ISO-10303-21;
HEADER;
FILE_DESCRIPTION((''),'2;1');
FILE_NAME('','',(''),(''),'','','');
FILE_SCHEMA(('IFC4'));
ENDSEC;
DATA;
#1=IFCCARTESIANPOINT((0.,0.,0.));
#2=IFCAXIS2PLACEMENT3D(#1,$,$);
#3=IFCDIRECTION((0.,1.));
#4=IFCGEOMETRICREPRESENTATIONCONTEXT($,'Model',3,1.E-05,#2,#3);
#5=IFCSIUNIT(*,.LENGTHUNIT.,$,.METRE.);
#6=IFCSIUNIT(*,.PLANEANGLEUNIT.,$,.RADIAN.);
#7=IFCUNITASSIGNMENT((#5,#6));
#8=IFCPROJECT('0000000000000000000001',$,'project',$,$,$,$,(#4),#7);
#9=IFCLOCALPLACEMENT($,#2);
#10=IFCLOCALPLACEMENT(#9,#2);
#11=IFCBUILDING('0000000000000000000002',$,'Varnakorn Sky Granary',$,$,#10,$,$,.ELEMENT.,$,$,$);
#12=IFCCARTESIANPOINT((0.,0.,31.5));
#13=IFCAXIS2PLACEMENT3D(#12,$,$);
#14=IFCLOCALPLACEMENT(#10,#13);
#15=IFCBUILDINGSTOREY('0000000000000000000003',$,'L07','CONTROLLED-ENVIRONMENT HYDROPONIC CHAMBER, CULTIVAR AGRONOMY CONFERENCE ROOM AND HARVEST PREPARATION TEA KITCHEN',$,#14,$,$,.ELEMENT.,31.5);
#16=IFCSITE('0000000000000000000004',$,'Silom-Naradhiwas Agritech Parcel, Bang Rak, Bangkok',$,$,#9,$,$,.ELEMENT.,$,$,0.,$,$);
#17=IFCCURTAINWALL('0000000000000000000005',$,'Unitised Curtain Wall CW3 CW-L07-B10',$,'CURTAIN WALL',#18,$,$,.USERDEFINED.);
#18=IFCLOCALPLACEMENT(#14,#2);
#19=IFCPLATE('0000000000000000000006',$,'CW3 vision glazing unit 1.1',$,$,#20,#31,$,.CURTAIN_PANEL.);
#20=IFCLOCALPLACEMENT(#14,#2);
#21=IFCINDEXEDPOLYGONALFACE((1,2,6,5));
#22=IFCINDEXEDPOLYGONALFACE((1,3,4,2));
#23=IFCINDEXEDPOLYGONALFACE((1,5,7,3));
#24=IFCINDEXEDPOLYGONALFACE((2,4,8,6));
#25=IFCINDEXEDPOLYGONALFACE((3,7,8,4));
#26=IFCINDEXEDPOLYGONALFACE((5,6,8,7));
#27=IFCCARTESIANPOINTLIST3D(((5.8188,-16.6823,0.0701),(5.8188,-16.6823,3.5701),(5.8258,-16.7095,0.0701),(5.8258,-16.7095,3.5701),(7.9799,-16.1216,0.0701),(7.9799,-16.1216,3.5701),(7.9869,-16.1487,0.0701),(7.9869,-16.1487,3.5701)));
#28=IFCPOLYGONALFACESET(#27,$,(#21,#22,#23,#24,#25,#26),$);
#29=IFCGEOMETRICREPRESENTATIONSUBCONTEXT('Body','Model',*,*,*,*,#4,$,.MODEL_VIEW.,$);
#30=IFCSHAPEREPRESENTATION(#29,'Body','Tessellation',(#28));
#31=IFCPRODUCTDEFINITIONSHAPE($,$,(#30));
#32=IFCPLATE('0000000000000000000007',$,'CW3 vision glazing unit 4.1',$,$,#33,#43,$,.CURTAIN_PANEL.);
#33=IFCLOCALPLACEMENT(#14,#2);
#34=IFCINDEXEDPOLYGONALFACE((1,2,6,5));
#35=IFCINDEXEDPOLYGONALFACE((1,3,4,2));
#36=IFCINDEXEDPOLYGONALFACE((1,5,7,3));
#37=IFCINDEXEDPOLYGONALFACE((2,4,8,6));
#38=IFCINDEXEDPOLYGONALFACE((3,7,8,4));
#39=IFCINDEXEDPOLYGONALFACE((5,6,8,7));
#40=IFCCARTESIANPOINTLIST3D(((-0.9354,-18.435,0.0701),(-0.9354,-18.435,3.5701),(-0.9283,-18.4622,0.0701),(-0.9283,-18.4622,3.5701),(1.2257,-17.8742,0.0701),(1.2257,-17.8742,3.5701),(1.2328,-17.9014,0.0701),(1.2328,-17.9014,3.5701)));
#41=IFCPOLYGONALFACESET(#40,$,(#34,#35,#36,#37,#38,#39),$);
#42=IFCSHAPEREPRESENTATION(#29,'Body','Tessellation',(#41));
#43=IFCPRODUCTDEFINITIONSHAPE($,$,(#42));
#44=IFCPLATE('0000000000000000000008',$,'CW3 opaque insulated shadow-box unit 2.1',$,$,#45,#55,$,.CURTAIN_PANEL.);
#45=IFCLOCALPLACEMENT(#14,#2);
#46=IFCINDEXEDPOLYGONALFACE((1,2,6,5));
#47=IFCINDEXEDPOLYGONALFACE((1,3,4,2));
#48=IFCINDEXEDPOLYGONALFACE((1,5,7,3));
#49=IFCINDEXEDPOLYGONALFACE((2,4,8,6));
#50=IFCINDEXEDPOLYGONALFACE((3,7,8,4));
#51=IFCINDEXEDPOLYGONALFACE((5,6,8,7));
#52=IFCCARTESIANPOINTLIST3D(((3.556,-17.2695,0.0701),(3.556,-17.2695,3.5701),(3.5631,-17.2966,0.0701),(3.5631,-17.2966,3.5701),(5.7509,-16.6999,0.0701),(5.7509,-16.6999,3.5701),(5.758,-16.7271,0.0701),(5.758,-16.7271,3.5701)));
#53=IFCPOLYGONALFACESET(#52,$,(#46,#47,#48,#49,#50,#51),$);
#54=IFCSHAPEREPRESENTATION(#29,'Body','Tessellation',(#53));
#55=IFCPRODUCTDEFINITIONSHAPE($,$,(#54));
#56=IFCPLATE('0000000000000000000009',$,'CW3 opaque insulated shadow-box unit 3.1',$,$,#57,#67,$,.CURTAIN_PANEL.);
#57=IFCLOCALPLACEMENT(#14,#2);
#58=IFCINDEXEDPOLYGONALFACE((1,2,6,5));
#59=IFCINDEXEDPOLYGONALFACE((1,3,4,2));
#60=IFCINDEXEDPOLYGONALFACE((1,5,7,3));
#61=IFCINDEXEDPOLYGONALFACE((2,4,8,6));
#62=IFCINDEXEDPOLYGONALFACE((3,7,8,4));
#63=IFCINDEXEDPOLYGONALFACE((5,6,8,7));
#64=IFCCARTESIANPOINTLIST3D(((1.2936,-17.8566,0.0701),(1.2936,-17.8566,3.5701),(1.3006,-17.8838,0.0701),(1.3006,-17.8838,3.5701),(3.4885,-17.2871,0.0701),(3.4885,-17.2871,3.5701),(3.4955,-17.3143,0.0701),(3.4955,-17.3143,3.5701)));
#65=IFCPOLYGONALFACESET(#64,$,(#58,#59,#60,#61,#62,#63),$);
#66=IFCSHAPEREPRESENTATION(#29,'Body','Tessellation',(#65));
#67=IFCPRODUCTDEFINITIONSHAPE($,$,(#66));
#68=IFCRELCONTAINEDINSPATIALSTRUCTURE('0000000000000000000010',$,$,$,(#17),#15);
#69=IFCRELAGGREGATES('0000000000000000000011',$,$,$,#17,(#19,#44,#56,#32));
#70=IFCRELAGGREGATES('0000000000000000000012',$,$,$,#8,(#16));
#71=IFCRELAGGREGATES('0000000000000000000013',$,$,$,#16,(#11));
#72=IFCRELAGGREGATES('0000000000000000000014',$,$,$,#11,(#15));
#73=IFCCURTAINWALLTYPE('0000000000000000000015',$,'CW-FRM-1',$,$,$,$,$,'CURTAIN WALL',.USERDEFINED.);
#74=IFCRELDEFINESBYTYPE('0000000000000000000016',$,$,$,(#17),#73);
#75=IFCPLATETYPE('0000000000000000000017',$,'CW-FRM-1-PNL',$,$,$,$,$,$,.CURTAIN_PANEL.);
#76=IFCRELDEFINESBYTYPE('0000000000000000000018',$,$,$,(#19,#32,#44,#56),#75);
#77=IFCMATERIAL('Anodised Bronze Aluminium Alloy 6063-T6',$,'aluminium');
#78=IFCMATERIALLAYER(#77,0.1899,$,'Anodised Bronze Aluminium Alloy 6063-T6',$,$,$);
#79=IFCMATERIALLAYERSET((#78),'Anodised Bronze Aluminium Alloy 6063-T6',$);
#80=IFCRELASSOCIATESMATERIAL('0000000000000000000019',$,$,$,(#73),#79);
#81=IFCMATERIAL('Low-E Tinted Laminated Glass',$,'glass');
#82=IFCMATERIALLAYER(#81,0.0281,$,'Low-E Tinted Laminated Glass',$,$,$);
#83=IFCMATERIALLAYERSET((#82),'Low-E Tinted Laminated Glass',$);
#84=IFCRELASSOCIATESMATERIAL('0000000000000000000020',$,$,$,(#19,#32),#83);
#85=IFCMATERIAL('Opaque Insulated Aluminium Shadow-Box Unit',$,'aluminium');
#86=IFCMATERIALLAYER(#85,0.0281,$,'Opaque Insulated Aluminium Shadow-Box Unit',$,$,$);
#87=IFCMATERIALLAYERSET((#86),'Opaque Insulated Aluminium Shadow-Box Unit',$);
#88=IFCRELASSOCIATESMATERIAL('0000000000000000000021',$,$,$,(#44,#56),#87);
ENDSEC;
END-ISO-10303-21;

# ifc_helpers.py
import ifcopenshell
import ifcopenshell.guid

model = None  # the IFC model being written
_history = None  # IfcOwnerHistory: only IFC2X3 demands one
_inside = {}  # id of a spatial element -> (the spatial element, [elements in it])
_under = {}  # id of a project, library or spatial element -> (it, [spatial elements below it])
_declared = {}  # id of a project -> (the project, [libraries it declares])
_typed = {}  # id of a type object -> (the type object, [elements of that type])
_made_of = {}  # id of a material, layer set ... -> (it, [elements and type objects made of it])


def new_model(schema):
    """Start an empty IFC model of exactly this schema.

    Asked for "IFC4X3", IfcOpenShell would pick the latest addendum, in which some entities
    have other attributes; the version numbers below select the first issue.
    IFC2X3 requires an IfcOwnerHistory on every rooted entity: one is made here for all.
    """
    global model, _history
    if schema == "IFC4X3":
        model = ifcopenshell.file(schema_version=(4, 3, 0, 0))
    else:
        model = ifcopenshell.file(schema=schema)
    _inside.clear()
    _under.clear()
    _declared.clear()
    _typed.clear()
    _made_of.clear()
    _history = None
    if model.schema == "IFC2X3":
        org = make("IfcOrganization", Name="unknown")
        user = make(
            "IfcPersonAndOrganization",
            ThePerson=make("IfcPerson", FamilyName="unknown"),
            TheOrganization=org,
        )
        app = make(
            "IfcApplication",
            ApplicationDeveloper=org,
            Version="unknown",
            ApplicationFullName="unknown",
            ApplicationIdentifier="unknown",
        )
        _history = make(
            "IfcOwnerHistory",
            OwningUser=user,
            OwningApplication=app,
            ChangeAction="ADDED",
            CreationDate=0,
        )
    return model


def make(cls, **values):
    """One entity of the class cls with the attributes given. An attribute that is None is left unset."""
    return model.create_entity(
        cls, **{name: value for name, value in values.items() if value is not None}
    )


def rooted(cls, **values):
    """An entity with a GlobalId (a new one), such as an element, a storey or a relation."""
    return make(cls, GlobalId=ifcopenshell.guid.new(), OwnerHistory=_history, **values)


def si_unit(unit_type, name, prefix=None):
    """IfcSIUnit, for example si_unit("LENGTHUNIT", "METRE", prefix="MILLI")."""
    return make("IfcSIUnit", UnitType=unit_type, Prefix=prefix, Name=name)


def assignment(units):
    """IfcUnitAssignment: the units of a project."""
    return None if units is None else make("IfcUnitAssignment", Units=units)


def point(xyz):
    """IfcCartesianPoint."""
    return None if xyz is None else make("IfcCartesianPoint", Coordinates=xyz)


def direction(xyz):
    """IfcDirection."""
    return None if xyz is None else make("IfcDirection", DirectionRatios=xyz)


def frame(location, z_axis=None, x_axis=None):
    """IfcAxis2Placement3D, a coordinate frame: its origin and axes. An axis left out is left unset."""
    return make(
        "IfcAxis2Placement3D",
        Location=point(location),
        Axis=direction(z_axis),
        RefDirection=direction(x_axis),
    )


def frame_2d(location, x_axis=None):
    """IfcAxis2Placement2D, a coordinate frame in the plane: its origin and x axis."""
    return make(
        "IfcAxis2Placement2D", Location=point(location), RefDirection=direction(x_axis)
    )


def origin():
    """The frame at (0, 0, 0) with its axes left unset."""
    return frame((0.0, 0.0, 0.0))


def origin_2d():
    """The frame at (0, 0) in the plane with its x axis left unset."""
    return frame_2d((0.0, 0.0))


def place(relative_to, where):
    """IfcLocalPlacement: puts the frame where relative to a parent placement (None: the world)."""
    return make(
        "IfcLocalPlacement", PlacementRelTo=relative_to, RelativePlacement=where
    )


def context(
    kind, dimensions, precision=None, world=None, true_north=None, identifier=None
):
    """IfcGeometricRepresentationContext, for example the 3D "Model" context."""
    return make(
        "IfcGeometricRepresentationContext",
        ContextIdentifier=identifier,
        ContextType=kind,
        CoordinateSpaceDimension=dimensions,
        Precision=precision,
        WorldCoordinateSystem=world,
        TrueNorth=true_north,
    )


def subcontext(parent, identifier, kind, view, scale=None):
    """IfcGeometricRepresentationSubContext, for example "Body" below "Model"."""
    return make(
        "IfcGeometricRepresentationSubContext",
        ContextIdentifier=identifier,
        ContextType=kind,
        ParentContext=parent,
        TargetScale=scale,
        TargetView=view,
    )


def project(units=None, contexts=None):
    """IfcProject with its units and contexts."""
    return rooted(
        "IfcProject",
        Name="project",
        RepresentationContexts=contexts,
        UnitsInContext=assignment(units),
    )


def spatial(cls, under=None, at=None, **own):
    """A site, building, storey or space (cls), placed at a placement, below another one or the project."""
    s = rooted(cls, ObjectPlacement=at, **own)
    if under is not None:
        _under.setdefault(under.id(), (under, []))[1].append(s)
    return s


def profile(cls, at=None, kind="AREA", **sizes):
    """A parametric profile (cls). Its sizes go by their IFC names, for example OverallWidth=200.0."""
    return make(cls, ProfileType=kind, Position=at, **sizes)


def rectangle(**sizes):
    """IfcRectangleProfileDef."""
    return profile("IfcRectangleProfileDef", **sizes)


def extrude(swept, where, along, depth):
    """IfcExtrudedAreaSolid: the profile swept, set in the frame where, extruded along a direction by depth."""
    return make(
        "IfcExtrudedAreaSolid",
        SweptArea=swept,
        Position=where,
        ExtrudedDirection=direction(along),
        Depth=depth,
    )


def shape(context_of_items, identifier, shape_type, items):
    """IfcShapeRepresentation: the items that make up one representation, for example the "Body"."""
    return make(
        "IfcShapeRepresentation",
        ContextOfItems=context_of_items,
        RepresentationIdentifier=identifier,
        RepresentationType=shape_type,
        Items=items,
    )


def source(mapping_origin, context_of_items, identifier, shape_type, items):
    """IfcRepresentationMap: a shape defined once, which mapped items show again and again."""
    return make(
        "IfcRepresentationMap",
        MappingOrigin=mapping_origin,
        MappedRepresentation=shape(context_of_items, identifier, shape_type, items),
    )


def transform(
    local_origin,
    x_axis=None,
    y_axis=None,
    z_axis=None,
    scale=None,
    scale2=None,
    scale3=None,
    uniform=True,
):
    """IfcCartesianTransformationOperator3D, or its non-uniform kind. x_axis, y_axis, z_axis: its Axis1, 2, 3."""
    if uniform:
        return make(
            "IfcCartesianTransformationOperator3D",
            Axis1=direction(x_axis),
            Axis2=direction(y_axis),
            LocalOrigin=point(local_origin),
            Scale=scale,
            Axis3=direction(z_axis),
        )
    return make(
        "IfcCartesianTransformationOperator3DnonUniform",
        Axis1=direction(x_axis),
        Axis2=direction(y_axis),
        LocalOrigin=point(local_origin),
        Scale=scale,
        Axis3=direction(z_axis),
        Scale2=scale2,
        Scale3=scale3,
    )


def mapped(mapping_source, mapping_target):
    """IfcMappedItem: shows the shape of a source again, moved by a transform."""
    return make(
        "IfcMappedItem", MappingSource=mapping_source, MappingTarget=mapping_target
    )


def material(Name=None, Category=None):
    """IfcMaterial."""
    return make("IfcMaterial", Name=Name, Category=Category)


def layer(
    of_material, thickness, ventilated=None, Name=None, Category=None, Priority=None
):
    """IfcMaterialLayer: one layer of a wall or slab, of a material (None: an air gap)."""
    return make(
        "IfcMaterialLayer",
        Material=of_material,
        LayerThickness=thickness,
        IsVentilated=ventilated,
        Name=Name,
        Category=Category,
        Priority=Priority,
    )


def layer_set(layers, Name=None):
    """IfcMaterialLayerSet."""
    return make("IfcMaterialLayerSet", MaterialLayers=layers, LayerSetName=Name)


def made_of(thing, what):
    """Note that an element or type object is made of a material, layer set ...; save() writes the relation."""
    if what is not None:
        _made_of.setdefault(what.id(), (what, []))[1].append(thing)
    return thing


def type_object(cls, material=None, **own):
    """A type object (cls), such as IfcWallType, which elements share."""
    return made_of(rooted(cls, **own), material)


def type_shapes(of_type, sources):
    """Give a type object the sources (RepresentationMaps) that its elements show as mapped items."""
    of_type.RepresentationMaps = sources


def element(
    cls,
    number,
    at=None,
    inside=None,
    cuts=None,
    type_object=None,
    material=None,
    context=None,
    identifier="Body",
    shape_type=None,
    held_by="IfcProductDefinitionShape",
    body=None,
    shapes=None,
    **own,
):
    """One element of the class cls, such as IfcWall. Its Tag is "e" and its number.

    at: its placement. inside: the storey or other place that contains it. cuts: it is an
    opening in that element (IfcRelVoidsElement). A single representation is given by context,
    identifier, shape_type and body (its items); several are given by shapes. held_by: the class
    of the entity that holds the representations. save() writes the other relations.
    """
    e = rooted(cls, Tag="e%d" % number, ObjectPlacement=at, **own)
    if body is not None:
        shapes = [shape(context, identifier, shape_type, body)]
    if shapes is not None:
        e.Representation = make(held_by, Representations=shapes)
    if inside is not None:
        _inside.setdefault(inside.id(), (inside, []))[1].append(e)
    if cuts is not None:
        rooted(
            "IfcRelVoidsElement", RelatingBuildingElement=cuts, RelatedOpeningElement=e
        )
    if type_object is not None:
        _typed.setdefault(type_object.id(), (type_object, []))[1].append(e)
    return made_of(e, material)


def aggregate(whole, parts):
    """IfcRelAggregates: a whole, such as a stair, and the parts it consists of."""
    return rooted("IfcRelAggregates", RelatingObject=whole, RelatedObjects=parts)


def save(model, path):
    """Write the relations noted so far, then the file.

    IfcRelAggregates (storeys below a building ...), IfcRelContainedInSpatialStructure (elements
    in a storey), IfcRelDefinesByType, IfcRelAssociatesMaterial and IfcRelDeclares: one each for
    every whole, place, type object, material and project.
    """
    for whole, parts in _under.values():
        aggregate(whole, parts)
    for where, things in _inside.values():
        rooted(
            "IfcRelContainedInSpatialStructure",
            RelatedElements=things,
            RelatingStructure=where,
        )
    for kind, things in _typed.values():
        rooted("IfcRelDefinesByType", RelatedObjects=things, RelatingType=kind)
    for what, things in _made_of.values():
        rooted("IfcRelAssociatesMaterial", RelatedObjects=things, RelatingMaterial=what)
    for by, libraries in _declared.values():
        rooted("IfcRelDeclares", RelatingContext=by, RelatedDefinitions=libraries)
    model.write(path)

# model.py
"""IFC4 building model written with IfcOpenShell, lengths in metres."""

from ifc_helpers import new_model, si_unit, direction, frame, origin, origin_2d, place, context, subcontext, project, spatial, rectangle, extrude, source, transform, mapped, material, layer, layer_set, type_object, type_shapes, element, aggregate, save


model = new_model("IFC4")

# Units and contexts
model_context = context("Model", 3, precision=1e-05, world=origin(), true_north=direction((0.0, 1.0)))
body_context = subcontext(model_context, "Body", "Model", "MODEL_VIEW")
ifc_project = project(units=[si_unit("LENGTHUNIT", "METRE"), si_unit("PLANEANGLEUNIT", "RADIAN")], contexts=[model_context])

# Site, building, storey
site_placement = place(None, origin())
site = spatial("IfcSite", under=ifc_project, at=site_placement, Name="Silom-Naradhiwas Agritech Parcel, Bang Rak, Bangkok", CompositionType="ELEMENT", RefElevation=0.0)
building_placement = place(site_placement, origin())
building = spatial("IfcBuilding", under=site, at=building_placement, Name="Varnakorn Sky Granary", CompositionType="ELEMENT")
storey_placement = place(building_placement, frame((0.0, 0.0, 31.5)))
storey = spatial("IfcBuildingStorey", under=building, at=storey_placement, Name="L07", Description="CONTROLLED-ENVIRONMENT HYDROPONIC CHAMBER, CULTIVAR AGRONOMY CONFERENCE ROOM AND HARVEST PREPARATION TEA KITCHEN", CompositionType="ELEMENT", Elevation=31.5)

# Curtain wall
ifc_material_1 = material(Name="Anodised Bronze Aluminium Alloy 6063-T6", Category="aluminium")
ifc_layer_1 = layer(ifc_material_1, 0.1899, Name="Anodised Bronze Aluminium Alloy 6063-T6")
ifc_layer_set_1 = layer_set([ifc_layer_1], Name="Anodised Bronze Aluminium Alloy 6063-T6")
curtain_wall_type = type_object("IfcCurtainWallType", Name="CW-FRM-1", ElementType="CURTAIN WALL", PredefinedType="USERDEFINED", material=ifc_layer_set_1)
curtain_wall_placement = place(storey_placement, origin())
curtain_wall = element("IfcCurtainWall", 1, at=curtain_wall_placement, inside=storey, type_object=curtain_wall_type, Name="Unitised Curtain Wall CW3 CW-L07-B10", ObjectType="CURTAIN WALL", PredefinedType="USERDEFINED")

# Plates
ifc_material_2 = material(Name="Low-E Tinted Laminated Glass", Category="glass")
ifc_layer_2 = layer(ifc_material_2, 0.0281, Name="Low-E Tinted Laminated Glass")
ifc_layer_set_2 = layer_set([ifc_layer_2], Name="Low-E Tinted Laminated Glass")
plate_type = type_object("IfcPlateType", Name="CW-FRM-1-PNL", PredefinedType="CURTAIN_PANEL")
shared_shape_1 = source(origin(), body_context, "Body", "SweptSolid", [
    extrude(rectangle(XDim=2.2327, YDim=0.0281, at=origin_2d()), origin(), (0.0, 0.0, 1.0), 3.5),
])
plate_1_placement = place(storey_placement, frame((6.9028, -16.4155, 0.0701), z_axis=(0.0, 0.0, 1.0), x_axis=(-0.967944, -0.251165, 0.0)))
plate_1 = element("IfcPlate", 2, at=plate_1_placement, type_object=plate_type, material=ifc_layer_set_2, Name="CW3 vision glazing unit 1.1", PredefinedType="CURTAIN_PANEL", context=body_context, shape_type="MappedRepresentation", body=[
    mapped(shared_shape_1, transform((0.0, 0.0, 0.0), x_axis=(1.0, 0.0, 0.0), y_axis=(0.0, 1.0, 0.0), z_axis=(0.0, 0.0, 1.0), scale=1.0)),
])
plate_2_placement = place(storey_placement, frame((0.1487, -18.1682, 0.0701), z_axis=(0.0, 0.0, 1.0), x_axis=(-0.967944, -0.251165, 0.0)))
plate_2 = element("IfcPlate", 3, at=plate_2_placement, type_object=plate_type, material=ifc_layer_set_2, Name="CW3 vision glazing unit 4.1", PredefinedType="CURTAIN_PANEL", context=body_context, shape_type="MappedRepresentation", body=[
    mapped(shared_shape_1, transform((0.0, 0.0, 0.0), x_axis=(1.0, 0.0, 0.0), y_axis=(0.0, 1.0, 0.0), z_axis=(0.0, 0.0, 1.0), scale=1.0)),
])
ifc_material_3 = material(Name="Opaque Insulated Aluminium Shadow-Box Unit", Category="aluminium")
ifc_layer_3 = layer(ifc_material_3, 0.0281, Name="Opaque Insulated Aluminium Shadow-Box Unit")
ifc_layer_set_3 = layer_set([ifc_layer_3], Name="Opaque Insulated Aluminium Shadow-Box Unit")
shared_shape_2 = source(origin(), body_context, "Body", "SweptSolid", [
    extrude(rectangle(XDim=2.2676, YDim=0.0281, at=origin_2d()), origin(), (0.0, 0.0, 1.0), 3.5),
])
type_shapes(plate_type, [shared_shape_1, shared_shape_2])
plate_3_placement = place(storey_placement, frame((4.657, -16.9983, 0.0701), z_axis=(0.0, 0.0, 1.0), x_axis=(-0.967944, -0.251165, 0.0)))
plate_3 = element("IfcPlate", 4, at=plate_3_placement, type_object=plate_type, material=ifc_layer_set_3, Name="CW3 opaque insulated shadow-box unit 2.1", PredefinedType="CURTAIN_PANEL", context=body_context, shape_type="MappedRepresentation", body=[
    mapped(shared_shape_2, transform((0.0, 0.0, 0.0), x_axis=(1.0, 0.0, 0.0), y_axis=(0.0, 1.0, 0.0), z_axis=(0.0, 0.0, 1.0), scale=1.0)),
])
plate_4_placement = place(storey_placement, frame((2.3945, -17.5854, 0.0701), z_axis=(0.0, 0.0, 1.0), x_axis=(-0.967944, -0.251165, 0.0)))
plate_4 = element("IfcPlate", 5, at=plate_4_placement, type_object=plate_type, material=ifc_layer_set_3, Name="CW3 opaque insulated shadow-box unit 3.1", PredefinedType="CURTAIN_PANEL", context=body_context, shape_type="MappedRepresentation", body=[
    mapped(shared_shape_2, transform((0.0, 0.0, 0.0), x_axis=(1.0, 0.0, 0.0), y_axis=(0.0, 1.0, 0.0), z_axis=(0.0, 0.0, 1.0), scale=1.0)),
])
aggregate(curtain_wall, [plate_1, plate_3, plate_4, plate_2])

save(model, "model.ifc")
